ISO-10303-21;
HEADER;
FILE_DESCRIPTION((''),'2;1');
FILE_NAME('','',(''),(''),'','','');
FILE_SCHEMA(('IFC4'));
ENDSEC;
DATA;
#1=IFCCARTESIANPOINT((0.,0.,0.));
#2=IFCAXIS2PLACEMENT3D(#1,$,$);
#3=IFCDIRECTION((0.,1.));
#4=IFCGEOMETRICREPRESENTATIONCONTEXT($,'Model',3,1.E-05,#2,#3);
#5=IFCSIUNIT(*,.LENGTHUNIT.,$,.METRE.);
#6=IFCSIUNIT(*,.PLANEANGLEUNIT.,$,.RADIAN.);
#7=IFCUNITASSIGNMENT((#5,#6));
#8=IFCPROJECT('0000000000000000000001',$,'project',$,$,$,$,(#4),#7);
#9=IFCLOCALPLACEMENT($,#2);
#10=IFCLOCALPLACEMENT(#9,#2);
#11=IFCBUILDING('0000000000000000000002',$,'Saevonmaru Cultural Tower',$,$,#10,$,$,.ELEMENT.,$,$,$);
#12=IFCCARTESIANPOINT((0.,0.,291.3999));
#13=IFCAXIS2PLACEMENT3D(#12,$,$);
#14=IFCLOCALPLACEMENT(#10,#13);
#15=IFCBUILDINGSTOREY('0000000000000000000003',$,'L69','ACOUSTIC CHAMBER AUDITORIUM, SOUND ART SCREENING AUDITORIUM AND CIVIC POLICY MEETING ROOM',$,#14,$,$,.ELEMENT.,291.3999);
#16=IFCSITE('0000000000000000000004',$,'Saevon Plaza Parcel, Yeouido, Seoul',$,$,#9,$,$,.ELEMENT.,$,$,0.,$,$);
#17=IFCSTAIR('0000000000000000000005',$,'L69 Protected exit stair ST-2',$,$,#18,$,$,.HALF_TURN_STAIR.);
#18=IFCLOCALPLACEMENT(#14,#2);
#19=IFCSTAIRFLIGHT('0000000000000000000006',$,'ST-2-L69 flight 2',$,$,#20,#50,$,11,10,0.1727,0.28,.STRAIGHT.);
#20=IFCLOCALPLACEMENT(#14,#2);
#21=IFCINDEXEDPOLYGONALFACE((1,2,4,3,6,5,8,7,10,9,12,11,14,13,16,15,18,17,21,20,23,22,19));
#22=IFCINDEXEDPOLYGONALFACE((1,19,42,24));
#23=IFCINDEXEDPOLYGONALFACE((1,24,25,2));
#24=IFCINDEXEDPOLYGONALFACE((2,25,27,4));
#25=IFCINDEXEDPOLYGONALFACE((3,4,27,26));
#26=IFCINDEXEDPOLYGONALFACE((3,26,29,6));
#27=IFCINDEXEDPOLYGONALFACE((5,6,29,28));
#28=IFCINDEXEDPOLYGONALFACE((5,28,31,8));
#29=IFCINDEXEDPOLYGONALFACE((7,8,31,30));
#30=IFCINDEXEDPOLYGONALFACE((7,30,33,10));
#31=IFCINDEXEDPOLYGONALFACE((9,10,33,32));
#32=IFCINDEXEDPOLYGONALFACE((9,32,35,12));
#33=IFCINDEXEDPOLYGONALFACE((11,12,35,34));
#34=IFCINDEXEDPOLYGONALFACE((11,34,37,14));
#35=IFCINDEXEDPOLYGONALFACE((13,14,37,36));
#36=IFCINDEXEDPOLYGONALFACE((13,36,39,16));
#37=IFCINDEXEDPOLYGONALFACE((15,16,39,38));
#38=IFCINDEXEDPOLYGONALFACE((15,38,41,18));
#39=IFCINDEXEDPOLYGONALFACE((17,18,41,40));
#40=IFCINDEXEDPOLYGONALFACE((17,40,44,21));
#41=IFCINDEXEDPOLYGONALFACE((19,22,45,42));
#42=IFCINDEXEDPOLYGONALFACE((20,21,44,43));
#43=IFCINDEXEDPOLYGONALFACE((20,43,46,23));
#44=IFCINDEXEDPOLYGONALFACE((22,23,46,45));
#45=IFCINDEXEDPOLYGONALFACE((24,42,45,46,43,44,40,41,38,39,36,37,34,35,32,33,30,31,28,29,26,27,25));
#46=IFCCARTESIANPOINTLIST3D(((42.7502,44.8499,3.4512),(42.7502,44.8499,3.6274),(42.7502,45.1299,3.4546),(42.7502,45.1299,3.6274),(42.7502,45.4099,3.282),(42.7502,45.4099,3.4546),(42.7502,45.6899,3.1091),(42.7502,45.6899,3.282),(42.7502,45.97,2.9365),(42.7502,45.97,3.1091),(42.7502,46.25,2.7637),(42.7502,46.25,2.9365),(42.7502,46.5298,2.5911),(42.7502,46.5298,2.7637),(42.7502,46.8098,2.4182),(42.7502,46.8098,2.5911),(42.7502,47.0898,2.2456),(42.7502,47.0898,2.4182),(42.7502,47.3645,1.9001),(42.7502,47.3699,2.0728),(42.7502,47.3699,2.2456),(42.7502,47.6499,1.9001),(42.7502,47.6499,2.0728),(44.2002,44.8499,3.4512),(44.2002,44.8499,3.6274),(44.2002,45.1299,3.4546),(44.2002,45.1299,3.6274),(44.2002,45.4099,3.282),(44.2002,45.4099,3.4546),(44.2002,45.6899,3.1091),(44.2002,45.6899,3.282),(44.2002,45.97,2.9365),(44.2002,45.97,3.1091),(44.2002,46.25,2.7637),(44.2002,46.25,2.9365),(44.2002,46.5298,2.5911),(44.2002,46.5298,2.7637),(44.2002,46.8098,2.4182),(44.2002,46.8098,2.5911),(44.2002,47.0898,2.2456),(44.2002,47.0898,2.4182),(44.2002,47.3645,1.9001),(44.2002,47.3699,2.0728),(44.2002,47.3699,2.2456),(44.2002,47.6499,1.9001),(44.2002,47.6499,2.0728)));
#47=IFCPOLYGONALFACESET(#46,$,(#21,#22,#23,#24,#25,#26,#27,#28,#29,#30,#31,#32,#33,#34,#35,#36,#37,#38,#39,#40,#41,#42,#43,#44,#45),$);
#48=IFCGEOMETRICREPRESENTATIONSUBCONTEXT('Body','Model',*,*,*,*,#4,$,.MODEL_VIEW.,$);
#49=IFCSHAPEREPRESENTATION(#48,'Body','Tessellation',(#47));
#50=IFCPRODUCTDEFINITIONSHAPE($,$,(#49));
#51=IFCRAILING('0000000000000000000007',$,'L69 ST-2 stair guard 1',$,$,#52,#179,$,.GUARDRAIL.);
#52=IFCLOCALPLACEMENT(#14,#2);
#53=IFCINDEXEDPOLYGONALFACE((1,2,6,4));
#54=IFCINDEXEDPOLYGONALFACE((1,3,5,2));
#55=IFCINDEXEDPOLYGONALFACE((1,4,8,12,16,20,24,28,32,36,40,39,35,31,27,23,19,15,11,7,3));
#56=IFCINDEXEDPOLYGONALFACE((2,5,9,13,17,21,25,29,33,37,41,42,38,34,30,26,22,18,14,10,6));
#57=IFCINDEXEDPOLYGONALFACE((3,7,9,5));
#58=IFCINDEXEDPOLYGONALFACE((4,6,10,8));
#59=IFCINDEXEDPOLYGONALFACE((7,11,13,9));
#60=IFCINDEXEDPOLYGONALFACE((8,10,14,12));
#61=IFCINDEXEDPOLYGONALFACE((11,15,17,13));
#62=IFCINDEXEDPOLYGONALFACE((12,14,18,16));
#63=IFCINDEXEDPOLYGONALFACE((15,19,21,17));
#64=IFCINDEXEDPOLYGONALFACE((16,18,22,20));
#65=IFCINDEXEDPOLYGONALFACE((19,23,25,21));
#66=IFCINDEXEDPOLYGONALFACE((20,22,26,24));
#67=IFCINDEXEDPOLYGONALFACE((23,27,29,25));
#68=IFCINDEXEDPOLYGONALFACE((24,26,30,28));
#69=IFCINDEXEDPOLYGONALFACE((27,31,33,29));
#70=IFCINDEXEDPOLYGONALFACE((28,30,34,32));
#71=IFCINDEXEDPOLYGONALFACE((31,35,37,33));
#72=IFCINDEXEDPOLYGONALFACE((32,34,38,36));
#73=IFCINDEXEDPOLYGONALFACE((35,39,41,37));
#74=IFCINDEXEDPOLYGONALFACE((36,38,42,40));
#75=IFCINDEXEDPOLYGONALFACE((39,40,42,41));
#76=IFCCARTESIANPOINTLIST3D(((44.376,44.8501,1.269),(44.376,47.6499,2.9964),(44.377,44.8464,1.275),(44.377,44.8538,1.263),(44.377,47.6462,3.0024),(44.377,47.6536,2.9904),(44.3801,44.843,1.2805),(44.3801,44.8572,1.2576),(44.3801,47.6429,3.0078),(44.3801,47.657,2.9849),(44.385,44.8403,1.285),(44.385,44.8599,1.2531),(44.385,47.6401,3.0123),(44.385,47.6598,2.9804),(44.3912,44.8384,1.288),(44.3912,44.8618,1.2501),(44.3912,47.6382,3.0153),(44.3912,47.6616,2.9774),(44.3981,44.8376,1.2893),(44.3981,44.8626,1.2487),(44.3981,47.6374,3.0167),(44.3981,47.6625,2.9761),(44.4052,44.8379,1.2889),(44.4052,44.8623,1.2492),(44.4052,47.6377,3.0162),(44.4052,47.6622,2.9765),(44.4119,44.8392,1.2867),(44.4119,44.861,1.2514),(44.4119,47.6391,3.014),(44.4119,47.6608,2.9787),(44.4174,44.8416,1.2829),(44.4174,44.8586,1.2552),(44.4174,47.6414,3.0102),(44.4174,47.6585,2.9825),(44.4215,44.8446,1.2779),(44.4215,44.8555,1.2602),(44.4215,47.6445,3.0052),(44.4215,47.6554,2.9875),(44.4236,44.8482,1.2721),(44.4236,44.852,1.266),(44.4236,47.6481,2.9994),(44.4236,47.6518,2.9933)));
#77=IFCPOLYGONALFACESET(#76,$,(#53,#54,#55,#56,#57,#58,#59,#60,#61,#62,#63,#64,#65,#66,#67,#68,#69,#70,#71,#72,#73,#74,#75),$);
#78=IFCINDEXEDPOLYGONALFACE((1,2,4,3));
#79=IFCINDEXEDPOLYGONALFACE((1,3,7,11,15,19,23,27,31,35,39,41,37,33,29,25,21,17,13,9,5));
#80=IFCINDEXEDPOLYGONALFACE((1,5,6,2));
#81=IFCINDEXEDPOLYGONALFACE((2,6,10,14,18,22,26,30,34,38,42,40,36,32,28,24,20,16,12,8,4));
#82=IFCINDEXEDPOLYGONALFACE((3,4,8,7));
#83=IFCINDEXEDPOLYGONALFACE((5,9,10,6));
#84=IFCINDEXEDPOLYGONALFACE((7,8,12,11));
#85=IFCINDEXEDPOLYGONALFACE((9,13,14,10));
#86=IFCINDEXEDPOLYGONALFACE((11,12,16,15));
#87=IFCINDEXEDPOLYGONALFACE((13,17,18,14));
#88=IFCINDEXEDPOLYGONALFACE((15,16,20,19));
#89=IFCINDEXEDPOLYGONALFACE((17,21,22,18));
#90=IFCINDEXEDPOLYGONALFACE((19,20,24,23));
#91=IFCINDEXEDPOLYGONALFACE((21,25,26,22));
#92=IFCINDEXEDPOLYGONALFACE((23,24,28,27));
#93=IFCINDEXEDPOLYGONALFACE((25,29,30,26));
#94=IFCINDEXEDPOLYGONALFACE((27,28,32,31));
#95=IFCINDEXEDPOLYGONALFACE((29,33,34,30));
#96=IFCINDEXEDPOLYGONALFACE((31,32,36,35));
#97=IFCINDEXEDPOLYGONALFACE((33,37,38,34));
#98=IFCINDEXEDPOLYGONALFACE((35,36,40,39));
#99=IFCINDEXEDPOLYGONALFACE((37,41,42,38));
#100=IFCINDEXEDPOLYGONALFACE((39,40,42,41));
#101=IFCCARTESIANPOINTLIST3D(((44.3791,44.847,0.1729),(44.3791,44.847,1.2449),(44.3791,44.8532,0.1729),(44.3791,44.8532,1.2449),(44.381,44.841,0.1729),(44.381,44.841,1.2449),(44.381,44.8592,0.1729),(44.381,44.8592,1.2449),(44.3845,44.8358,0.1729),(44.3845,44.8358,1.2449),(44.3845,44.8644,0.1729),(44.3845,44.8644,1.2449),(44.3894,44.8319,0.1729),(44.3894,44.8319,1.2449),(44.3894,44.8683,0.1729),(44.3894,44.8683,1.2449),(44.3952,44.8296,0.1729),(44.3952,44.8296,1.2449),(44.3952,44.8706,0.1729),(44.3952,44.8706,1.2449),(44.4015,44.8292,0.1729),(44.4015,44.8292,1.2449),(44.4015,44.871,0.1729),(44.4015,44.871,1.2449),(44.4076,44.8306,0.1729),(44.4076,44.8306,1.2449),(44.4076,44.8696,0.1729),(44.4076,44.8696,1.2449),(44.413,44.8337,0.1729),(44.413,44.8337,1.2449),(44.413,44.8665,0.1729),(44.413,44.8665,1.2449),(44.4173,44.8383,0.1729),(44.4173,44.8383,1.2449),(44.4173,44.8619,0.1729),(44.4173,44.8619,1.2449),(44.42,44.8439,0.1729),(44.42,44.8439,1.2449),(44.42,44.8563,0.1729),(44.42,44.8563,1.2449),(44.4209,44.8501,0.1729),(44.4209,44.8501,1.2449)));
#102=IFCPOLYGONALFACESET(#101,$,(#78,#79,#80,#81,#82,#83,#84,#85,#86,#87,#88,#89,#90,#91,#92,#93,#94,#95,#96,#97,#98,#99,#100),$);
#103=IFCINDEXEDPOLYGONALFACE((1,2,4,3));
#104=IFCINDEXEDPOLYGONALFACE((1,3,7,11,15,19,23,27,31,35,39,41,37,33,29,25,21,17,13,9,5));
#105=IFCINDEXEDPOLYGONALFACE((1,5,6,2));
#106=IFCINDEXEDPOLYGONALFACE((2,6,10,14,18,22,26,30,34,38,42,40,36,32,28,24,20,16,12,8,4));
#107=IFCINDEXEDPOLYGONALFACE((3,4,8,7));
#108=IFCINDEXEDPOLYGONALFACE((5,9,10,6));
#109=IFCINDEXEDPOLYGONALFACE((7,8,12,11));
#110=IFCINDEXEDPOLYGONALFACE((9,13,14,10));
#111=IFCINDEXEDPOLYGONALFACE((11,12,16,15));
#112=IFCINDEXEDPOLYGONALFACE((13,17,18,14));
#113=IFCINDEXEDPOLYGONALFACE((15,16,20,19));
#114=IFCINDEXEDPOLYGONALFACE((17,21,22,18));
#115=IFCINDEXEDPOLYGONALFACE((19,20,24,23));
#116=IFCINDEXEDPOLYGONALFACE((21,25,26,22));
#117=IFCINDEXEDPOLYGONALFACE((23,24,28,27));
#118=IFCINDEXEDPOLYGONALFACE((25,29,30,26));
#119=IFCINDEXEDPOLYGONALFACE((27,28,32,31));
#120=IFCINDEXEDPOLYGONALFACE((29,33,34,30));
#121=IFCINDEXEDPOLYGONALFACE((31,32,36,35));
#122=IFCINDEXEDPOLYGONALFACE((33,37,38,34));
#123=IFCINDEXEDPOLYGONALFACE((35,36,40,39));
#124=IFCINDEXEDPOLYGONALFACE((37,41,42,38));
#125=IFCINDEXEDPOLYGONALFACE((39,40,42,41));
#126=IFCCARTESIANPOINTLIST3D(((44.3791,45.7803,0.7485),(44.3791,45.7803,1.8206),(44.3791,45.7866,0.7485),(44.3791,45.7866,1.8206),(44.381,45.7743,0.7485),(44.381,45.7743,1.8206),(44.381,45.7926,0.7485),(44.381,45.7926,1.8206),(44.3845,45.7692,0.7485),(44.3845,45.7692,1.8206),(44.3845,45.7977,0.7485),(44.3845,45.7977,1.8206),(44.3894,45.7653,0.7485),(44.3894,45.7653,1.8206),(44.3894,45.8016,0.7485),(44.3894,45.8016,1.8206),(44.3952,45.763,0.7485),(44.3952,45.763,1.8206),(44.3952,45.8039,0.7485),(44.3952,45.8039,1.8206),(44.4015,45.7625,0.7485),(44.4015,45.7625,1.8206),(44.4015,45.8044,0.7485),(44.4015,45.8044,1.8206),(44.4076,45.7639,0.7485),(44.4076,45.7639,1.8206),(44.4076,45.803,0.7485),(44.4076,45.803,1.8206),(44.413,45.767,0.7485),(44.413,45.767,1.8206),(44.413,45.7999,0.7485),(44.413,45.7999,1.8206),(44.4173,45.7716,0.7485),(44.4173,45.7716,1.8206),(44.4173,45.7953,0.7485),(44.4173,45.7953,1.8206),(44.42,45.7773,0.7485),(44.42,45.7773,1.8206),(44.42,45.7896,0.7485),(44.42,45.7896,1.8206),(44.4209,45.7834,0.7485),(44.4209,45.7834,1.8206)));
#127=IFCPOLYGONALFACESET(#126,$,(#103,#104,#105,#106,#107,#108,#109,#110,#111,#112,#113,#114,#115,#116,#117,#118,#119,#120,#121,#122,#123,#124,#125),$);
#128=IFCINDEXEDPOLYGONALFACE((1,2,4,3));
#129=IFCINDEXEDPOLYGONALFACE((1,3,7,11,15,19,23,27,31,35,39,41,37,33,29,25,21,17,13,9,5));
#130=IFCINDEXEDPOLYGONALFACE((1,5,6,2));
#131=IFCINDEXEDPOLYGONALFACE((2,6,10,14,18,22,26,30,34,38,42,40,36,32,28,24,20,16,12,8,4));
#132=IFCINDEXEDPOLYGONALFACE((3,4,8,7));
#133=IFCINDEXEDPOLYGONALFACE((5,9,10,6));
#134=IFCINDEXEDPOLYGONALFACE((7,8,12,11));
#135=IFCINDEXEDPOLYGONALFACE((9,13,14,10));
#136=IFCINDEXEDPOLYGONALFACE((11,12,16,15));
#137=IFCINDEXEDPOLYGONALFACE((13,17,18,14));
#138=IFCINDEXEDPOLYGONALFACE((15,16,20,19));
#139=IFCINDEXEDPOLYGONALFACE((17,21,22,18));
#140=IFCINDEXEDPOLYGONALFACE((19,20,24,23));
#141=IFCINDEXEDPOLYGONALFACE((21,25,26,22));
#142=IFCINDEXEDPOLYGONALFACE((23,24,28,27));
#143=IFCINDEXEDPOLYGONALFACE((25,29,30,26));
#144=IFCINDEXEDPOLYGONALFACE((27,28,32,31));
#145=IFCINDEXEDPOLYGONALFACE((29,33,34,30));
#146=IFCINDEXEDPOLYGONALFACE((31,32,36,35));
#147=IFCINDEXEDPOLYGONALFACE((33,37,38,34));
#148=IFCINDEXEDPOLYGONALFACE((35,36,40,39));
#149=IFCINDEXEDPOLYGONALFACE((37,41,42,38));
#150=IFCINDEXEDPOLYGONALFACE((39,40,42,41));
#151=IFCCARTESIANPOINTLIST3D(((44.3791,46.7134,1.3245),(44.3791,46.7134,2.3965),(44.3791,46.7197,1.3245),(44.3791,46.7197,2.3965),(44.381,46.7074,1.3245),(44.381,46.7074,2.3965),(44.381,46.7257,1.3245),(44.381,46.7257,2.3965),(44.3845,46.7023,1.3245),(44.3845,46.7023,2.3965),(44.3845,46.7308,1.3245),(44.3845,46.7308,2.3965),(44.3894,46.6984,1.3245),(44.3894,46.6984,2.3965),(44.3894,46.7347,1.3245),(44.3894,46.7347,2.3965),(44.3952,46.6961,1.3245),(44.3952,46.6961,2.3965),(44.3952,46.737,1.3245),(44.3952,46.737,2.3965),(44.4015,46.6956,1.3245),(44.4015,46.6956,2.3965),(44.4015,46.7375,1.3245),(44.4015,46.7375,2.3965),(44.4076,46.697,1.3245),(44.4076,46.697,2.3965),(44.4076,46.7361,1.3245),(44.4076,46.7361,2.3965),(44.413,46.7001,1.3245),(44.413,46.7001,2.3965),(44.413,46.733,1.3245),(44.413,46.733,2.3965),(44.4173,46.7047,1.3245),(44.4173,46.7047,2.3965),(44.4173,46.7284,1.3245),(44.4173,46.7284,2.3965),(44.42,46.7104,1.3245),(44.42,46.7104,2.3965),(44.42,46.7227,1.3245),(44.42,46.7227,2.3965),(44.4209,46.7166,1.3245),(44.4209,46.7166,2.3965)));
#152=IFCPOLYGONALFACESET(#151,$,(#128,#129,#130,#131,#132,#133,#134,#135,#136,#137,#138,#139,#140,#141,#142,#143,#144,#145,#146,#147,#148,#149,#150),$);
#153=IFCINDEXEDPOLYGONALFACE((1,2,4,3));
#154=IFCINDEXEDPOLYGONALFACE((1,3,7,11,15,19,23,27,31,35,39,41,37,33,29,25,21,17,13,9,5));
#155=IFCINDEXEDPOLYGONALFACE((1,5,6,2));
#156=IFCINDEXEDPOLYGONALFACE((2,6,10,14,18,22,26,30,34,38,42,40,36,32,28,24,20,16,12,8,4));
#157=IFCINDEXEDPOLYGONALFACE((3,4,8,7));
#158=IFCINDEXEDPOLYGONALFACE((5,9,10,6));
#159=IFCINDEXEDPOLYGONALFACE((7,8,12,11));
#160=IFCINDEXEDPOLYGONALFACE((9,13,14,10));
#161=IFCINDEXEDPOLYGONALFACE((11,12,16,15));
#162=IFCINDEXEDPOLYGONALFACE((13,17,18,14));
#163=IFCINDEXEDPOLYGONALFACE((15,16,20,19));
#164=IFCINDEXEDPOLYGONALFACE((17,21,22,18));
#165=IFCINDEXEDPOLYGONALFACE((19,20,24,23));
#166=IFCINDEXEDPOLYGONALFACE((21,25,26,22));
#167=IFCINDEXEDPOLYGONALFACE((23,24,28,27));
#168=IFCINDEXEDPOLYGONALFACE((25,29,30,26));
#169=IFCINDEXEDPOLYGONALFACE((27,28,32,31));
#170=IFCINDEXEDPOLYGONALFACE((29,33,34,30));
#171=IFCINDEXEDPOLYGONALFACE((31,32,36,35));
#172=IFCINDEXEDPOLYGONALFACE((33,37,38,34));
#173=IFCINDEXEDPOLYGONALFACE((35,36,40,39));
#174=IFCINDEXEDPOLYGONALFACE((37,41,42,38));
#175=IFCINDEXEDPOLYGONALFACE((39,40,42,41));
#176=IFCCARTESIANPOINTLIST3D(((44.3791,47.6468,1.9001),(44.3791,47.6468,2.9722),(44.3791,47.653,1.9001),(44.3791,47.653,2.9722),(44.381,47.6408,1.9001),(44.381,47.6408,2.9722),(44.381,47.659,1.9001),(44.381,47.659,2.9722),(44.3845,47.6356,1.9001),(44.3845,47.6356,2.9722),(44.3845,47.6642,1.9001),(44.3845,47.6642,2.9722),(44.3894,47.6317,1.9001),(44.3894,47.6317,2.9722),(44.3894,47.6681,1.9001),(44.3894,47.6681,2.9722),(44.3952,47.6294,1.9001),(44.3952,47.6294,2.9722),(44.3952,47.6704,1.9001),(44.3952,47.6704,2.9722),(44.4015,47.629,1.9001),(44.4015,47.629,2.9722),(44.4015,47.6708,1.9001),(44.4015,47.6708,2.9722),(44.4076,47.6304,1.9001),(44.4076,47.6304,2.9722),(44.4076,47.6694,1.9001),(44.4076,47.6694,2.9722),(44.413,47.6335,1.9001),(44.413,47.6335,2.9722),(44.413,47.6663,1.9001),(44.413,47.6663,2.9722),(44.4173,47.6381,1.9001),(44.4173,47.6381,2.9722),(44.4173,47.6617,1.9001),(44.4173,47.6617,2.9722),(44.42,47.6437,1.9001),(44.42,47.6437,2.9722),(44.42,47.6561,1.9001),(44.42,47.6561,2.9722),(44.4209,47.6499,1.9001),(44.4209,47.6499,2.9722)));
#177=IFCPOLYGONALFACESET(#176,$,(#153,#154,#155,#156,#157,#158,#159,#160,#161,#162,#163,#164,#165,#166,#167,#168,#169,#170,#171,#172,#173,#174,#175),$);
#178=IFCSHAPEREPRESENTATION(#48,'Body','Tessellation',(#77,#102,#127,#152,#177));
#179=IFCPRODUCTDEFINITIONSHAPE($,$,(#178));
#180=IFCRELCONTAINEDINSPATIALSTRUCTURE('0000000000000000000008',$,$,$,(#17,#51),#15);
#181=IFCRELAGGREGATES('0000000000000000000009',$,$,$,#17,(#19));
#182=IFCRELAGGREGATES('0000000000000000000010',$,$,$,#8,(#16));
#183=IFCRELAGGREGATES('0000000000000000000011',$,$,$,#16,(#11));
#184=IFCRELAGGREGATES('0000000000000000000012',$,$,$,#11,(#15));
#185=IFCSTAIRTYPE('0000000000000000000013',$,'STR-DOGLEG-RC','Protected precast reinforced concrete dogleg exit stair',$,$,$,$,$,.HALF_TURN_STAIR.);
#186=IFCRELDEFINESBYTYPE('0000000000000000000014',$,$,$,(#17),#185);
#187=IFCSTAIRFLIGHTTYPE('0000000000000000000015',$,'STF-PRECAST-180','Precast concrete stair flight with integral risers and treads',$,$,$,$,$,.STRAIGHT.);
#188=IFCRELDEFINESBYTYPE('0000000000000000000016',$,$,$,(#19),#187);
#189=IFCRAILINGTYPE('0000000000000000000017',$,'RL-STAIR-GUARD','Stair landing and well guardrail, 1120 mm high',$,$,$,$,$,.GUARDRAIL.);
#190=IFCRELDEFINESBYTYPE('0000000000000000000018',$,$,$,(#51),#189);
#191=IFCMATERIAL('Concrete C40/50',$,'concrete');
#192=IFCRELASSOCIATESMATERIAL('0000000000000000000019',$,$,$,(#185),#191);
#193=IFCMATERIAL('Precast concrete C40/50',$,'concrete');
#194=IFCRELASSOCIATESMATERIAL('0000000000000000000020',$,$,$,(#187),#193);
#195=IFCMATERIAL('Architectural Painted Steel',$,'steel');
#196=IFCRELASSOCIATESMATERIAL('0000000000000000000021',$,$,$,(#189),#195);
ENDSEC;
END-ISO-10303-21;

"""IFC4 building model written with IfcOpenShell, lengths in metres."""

from ifc_helpers import new_model, si_unit, direction, frame, origin, origin_2d, place, context, subcontext, project, spatial, polyline, circle, outline, extrude, material, type_object, element, aggregate, save


model = new_model("IFC4")

# Units and contexts
model_context = context("Model", 3, precision=1e-05, world=origin(), true_north=direction((0.0, 1.0)))
body_context = subcontext(model_context, "Body", "Model", "MODEL_VIEW")
ifc_project = project(units=[si_unit("LENGTHUNIT", "METRE"), si_unit("PLANEANGLEUNIT", "RADIAN")], contexts=[model_context])

# Site, building, storey
site_placement = place(None, origin())
site = spatial("IfcSite", under=ifc_project, at=site_placement, Name="Saevon Plaza Parcel, Yeouido, Seoul", CompositionType="ELEMENT", RefElevation=0.0)
building_placement = place(site_placement, origin())
building = spatial("IfcBuilding", under=site, at=building_placement, Name="Saevonmaru Cultural Tower", CompositionType="ELEMENT")
storey_placement = place(building_placement, frame((0.0, 0.0, 291.3999)))
storey = spatial("IfcBuildingStorey", under=building, at=storey_placement, Name="L69", Description="ACOUSTIC CHAMBER AUDITORIUM, SOUND ART SCREENING AUDITORIUM AND CIVIC POLICY MEETING ROOM", CompositionType="ELEMENT", Elevation=291.3999)

# Shared definitions
ifc_material_1 = material(Name="Concrete C40/50", Category="concrete")

# Stair, stair flight
stair_type = type_object("IfcStairType", Name="STR-DOGLEG-RC", Description="Protected precast reinforced concrete dogleg exit stair", PredefinedType="HALF_TURN_STAIR", material=ifc_material_1)
stair_placement = place(storey_placement, origin())
stair = element("IfcStair", 1, at=stair_placement, inside=storey, type_object=stair_type, Name="L69 Protected exit stair ST-2", PredefinedType="HALF_TURN_STAIR")
ifc_material_2 = material(Name="Precast concrete C40/50", Category="concrete")
stair_flight_type = type_object("IfcStairFlightType", Name="STF-PRECAST-180", Description="Precast concrete stair flight with integral risers and treads", PredefinedType="STRAIGHT", material=ifc_material_2)
stair_flight_placement = place(storey_placement, frame((43.4751, 47.6499, 1.9001), z_axis=(0.0, 0.0, 1.0), x_axis=(0.0, -1.0, 0.0)))
stair_flight = element("IfcStairFlight", 2, at=stair_flight_placement, type_object=stair_flight_type, Name="ST-2-L69 flight 2", NumberOfRisers=11, NumberOfTreads=10, PredefinedType="STRAIGHT", RiserHeight=0.1727, TreadLength=0.28, context=body_context, shape_type="SweptSolid", body=[
    extrude(outline(polyline([(0.0, 0.0), (0.0, 0.1726), (0.28, 0.1726), (0.28, 0.3455), (0.5601, 0.3455), (0.5601, 0.5181), (0.8401, 0.5181), (0.8401, 0.6909), (1.1201, 0.6909), (1.1201, 0.8635), (1.3999, 0.8635), (1.3999, 1.0364), (1.6799, 1.0364), (1.6799, 1.209), (1.96, 1.209), (1.96, 1.3818), (2.24, 1.3818), (2.24, 1.5544), (2.52, 1.5544), (2.52, 1.7273), (2.8, 1.7273), (2.8, 1.8999), (2.8, 1.551), (0.2854, 0.0), (0.0, 0.0)])), frame((0.0, 0.7251, 0.0), z_axis=(0.0, -1.0, 0.0), x_axis=(1.0, 0.0, 0.0)), (0.0, 0.0, 1.0), 1.45),
])
aggregate(stair, [stair_flight])

# Railing
ifc_material_3 = material(Name="Architectural Painted Steel", Category="steel")
railing_type_1 = type_object("IfcRailingType", Name="RL-STAIR-GUARD", Description="Stair landing and well guardrail, 1120 mm high", PredefinedType="GUARDRAIL", material=ifc_material_3)
railing_1_placement = place(storey_placement, frame((44.3999, 44.8501, 0.1729)))
element("IfcRailing", 3, at=railing_1_placement, inside=storey, type_object=railing_type_1, Name="L69 ST-2 stair guard 1", PredefinedType="GUARDRAIL", context=body_context, shape_type="SweptSolid", body=[
    extrude(circle(Radius=0.0239, at=origin_2d()), frame((0.0, 0.0, 1.0962), z_axis=(0.0, 0.851069, 0.525054), x_axis=(-1.0, 0.0, 0.0)), (0.0, 0.0, 1.0), 3.2898),
    extrude(circle(Radius=0.021, at=origin_2d()), origin(), (0.0, 0.0, 1.0), 1.072),
    extrude(circle(Radius=0.021, at=origin_2d()), frame((0.0, 0.9333, 0.5757)), (0.0, 0.0, 1.0), 1.072),
    extrude(circle(Radius=0.021, at=origin_2d()), frame((0.0, 1.8665, 1.1516)), (0.0, 0.0, 1.0), 1.072),
    extrude(circle(Radius=0.021, at=origin_2d()), frame((0.0, 2.7998, 1.7273)), (0.0, 0.0, 1.0), 1.072),
])

save(model, "model.ifc")
